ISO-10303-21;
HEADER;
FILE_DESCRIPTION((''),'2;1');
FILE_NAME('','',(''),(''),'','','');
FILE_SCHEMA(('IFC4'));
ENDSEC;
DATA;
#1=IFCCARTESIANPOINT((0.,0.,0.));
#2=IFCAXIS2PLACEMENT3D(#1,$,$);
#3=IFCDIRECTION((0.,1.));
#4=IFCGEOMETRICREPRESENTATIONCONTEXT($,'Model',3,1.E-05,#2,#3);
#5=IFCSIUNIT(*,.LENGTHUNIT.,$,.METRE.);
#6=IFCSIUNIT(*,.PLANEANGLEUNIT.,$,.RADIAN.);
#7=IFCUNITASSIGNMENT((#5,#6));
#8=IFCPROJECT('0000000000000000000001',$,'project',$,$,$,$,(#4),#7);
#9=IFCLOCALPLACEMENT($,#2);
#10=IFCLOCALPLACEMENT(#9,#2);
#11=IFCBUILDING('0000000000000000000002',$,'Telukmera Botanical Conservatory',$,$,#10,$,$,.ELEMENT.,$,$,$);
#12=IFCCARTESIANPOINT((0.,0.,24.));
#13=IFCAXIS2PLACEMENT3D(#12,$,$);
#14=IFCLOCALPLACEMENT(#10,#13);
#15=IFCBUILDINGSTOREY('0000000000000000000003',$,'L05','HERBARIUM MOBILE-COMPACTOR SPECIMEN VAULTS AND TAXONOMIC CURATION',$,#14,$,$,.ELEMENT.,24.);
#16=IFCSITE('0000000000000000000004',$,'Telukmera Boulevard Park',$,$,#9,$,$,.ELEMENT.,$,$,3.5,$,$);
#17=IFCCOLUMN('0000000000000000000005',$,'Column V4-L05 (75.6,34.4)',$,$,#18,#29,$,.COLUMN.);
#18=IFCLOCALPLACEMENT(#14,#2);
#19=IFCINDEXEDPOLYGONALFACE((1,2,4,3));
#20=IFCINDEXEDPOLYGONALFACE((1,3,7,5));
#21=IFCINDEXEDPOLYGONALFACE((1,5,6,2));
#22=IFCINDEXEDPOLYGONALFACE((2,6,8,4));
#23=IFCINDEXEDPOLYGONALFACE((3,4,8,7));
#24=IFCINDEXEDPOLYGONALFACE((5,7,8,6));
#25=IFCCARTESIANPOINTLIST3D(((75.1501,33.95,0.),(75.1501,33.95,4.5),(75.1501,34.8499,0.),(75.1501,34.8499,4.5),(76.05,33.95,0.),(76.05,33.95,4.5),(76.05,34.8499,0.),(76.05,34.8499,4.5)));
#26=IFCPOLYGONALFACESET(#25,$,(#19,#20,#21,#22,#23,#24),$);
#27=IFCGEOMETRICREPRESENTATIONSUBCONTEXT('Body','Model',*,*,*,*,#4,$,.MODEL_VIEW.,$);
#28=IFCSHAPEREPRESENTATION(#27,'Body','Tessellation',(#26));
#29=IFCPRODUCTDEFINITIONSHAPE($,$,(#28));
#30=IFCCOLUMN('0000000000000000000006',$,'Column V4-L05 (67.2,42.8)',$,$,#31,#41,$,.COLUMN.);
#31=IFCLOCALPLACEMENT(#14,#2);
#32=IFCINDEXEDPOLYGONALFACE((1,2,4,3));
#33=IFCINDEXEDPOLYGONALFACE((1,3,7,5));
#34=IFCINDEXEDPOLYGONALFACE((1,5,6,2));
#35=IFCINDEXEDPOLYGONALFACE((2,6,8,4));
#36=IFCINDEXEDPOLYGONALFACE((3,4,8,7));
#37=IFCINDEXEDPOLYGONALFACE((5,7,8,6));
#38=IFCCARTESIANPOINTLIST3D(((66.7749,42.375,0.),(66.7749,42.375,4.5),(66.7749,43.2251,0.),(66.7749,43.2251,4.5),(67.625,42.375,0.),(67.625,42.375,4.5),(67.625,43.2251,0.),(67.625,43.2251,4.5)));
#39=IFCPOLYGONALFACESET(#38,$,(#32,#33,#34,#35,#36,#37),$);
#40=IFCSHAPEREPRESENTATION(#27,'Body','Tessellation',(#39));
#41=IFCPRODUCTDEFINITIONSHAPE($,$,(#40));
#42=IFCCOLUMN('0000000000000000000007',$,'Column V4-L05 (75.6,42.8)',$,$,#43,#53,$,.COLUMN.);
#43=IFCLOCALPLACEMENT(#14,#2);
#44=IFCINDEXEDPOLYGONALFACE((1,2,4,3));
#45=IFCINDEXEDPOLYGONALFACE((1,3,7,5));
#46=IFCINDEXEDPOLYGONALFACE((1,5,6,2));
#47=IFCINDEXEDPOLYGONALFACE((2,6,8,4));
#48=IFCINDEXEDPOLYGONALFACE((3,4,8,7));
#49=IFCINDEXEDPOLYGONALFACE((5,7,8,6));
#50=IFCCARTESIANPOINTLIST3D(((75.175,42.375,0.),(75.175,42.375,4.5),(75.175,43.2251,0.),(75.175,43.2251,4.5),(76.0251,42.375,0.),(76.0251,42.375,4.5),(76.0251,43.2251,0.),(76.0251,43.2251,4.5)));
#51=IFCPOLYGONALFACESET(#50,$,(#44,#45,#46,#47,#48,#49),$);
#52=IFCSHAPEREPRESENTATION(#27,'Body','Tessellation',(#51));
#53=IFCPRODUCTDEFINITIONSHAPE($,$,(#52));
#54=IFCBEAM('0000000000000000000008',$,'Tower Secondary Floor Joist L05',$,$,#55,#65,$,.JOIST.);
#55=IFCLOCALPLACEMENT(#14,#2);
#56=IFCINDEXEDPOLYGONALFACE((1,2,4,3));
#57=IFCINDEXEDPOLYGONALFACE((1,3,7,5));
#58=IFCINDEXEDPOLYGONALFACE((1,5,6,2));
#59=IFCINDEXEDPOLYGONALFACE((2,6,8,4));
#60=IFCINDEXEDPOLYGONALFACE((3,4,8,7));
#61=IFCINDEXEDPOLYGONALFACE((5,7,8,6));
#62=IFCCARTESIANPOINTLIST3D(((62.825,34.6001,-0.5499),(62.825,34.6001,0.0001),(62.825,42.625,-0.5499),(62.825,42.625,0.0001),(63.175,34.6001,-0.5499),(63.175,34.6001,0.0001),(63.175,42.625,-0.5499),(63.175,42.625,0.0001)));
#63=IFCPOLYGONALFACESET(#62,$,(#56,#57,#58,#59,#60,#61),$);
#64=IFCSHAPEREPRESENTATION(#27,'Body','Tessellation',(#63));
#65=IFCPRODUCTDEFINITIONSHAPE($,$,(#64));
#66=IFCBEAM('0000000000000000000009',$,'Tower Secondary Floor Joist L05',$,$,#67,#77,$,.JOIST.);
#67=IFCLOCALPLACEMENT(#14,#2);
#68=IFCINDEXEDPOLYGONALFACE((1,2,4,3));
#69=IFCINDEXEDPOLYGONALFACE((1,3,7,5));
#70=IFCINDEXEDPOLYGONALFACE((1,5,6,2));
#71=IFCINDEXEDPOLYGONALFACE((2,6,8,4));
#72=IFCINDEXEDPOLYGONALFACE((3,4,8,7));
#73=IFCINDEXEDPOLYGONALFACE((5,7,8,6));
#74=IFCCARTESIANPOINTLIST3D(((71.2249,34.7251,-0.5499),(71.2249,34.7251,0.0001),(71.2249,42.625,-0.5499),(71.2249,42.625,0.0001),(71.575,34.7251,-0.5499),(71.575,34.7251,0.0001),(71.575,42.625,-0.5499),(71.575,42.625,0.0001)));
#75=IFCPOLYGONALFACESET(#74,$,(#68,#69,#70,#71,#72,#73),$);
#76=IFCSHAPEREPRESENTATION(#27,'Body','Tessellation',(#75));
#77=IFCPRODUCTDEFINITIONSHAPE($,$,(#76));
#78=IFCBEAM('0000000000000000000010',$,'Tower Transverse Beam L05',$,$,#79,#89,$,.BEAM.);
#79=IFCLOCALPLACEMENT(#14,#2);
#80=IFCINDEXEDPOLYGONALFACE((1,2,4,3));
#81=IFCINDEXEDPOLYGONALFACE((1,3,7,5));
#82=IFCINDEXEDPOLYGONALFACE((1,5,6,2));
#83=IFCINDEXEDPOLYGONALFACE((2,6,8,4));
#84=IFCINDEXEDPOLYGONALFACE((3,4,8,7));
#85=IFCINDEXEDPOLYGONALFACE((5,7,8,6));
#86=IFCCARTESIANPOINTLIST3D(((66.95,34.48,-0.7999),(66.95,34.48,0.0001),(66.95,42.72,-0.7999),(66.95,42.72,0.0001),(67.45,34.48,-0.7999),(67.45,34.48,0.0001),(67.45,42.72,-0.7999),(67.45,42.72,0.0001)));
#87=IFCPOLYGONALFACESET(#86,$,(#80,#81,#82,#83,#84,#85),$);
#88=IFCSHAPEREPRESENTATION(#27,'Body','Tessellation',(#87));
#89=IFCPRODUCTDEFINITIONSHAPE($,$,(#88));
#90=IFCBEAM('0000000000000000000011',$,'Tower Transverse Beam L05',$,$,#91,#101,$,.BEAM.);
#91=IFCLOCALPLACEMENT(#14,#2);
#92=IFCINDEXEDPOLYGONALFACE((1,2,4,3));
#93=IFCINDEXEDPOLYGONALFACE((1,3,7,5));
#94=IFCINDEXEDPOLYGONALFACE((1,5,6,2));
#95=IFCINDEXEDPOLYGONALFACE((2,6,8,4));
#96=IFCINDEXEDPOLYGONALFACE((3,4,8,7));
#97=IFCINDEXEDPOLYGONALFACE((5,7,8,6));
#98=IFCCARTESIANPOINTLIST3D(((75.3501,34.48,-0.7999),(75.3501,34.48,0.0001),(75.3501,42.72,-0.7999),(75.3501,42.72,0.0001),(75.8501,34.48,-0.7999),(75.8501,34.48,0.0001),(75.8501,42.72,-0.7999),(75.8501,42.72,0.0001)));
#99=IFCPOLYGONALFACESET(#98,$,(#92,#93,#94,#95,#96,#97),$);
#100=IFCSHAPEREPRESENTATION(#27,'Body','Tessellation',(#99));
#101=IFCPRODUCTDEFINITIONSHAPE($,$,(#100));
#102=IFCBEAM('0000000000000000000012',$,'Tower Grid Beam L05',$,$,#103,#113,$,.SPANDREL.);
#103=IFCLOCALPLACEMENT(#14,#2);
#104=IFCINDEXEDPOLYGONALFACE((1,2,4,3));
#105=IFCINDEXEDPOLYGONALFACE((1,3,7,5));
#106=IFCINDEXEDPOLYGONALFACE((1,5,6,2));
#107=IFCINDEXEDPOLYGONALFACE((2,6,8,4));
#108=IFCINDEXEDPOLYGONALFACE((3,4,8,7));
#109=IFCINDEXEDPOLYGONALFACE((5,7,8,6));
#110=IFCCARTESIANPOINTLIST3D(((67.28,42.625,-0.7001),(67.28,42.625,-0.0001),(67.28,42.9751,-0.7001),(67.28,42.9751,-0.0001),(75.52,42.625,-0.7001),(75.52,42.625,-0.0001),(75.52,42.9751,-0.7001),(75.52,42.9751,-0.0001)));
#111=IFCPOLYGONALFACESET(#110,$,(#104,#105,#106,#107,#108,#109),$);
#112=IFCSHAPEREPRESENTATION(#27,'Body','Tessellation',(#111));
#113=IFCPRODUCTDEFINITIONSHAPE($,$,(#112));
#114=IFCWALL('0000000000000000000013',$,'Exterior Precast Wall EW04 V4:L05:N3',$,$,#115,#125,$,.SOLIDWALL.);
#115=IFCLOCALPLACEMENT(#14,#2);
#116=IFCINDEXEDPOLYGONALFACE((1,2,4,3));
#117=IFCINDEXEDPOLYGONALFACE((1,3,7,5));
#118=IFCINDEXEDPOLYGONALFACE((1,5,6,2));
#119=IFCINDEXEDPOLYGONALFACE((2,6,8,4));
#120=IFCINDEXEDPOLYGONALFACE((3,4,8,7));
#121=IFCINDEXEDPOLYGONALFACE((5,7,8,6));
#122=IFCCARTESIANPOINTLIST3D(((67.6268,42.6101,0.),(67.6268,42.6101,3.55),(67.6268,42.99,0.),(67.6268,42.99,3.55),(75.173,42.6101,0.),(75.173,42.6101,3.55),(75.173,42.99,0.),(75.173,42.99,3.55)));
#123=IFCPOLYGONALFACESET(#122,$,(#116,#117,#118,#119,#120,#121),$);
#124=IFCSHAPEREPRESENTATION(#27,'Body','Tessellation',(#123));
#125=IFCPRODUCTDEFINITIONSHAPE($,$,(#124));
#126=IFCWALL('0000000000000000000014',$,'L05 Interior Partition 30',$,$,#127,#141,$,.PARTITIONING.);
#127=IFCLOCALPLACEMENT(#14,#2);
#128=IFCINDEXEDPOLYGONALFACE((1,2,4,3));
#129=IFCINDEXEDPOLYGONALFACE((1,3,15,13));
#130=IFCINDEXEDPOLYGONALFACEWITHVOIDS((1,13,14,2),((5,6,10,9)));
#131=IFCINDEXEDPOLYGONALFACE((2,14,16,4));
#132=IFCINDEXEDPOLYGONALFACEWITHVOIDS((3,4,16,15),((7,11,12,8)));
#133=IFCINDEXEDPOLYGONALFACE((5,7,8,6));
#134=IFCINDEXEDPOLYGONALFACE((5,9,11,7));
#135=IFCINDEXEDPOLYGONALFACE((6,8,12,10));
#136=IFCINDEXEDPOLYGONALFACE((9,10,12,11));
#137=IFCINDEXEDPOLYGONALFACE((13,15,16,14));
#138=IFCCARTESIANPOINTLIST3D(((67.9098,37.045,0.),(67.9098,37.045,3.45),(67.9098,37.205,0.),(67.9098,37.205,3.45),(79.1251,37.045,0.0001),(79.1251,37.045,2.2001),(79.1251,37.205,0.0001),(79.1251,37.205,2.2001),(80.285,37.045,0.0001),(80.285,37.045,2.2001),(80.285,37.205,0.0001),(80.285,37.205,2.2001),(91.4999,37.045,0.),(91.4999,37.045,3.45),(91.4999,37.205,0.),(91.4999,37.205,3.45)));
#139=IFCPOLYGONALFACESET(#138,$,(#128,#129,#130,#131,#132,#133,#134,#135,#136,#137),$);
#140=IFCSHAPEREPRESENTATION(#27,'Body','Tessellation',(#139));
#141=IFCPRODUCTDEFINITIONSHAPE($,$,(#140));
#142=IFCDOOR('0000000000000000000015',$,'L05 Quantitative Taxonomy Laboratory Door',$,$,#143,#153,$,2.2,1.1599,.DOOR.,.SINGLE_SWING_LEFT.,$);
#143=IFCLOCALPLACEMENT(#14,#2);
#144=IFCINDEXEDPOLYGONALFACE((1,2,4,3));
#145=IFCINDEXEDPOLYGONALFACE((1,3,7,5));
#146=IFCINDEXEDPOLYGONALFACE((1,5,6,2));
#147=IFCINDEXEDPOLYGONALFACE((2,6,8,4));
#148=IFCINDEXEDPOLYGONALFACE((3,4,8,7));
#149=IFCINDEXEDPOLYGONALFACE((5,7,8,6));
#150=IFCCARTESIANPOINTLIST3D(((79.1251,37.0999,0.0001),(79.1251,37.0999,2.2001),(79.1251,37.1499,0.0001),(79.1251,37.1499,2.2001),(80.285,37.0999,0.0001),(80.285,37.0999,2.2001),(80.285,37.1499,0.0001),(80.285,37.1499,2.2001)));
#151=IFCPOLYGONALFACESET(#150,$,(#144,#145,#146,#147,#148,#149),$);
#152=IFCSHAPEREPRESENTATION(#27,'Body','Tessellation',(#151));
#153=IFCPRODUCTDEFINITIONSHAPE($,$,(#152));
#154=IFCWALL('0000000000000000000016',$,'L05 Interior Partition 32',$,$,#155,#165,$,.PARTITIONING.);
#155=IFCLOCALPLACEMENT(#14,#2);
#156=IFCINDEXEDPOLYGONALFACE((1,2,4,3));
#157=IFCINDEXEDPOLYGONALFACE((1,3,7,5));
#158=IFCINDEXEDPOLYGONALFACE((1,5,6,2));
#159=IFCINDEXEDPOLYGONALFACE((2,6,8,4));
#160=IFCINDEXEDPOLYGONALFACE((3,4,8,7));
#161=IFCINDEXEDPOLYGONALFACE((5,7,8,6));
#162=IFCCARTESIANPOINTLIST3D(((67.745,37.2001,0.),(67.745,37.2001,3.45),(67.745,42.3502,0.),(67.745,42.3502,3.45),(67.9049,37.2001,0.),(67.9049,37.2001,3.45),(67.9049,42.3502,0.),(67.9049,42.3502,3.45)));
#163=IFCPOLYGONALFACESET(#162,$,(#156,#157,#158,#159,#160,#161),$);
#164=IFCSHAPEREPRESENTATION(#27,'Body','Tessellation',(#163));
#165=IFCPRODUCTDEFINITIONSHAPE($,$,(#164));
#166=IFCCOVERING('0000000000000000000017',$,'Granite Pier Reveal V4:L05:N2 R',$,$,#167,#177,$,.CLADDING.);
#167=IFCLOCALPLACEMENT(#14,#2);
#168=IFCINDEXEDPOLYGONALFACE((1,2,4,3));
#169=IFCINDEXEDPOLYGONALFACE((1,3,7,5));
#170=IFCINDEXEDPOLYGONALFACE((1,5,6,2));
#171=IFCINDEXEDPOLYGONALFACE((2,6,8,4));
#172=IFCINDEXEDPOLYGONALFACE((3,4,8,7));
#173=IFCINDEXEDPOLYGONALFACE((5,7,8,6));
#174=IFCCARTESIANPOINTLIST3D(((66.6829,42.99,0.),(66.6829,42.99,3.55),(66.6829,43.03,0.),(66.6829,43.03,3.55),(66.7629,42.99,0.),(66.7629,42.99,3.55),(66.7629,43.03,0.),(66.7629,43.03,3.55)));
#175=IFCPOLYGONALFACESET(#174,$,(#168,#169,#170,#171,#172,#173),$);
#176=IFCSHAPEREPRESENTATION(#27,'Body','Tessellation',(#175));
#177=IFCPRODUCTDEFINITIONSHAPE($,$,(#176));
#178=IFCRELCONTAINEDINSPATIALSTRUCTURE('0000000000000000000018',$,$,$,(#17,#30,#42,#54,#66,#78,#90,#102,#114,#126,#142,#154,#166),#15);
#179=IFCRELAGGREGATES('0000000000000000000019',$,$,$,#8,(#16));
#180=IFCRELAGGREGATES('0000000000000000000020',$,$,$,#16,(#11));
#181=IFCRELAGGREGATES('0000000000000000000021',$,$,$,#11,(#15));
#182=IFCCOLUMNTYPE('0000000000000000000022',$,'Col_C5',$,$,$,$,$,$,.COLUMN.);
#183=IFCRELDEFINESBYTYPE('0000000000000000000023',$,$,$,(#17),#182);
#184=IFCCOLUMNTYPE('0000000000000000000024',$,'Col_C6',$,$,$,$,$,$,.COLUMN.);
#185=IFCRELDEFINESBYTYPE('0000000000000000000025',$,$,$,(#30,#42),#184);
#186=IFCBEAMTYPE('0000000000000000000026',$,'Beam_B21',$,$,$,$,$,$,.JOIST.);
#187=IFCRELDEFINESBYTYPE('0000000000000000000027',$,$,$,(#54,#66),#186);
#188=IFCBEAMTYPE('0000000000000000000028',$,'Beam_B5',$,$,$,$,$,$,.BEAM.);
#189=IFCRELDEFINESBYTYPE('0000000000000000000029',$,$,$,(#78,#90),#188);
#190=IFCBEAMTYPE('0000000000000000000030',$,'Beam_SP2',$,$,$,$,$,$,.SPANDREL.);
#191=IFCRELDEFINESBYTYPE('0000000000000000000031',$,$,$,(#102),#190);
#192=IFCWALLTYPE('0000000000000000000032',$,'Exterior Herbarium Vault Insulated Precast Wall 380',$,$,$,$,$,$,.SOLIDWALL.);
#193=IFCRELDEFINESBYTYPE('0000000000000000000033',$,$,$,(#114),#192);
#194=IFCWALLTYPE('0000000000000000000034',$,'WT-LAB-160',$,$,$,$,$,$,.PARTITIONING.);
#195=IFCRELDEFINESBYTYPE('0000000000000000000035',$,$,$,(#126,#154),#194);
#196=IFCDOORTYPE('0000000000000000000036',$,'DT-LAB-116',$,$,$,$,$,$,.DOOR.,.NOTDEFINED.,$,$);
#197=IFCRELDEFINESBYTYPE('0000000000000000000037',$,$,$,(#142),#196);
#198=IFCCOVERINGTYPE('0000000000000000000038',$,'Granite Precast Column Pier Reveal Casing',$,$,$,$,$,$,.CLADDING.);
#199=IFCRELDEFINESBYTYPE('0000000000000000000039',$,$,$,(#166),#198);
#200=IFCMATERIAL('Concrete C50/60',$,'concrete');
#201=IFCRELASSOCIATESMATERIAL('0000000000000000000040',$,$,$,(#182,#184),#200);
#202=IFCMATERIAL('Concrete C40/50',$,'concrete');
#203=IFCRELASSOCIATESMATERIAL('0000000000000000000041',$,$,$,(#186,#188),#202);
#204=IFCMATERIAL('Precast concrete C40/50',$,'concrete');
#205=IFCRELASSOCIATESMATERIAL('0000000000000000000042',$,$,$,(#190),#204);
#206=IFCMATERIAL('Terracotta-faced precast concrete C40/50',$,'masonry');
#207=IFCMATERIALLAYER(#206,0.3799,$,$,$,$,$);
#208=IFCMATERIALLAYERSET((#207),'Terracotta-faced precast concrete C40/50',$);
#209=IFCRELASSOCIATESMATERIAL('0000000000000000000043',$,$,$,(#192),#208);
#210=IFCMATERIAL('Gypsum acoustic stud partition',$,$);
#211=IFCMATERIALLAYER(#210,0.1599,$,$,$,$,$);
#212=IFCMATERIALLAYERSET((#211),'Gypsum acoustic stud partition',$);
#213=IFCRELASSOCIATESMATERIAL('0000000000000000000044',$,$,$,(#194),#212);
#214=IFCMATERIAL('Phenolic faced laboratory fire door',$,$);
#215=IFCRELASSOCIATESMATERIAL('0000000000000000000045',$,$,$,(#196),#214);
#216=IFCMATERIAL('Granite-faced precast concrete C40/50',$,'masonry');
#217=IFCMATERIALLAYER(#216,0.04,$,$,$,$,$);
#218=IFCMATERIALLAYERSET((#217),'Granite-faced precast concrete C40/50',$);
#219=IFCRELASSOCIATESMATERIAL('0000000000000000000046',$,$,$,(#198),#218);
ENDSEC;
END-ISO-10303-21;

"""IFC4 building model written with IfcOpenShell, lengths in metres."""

from ifc_helpers import new_model, si_unit, direction, frame, frame_2d, origin, origin_2d, place, context, subcontext, project, spatial, rectangle, extrude, material, layer, layer_set, material_profile, profile_set, type_object, element, fill, save


model = new_model("IFC4")

# Units and contexts
model_context = context("Model", 3, precision=1e-05, world=origin(), true_north=direction((0.0, 1.0)))
body_context = subcontext(model_context, "Body", "Model", "MODEL_VIEW")
ifc_project = project(units=[si_unit("LENGTHUNIT", "METRE"), si_unit("PLANEANGLEUNIT", "RADIAN")], contexts=[model_context])

# Site, building, storey
site_placement = place(None, origin())
site = spatial("IfcSite", under=ifc_project, at=site_placement, Name="Telukmera Boulevard Park", CompositionType="ELEMENT", RefElevation=3.5)
building_placement = place(site_placement, origin())
building = spatial("IfcBuilding", under=site, at=building_placement, Name="Telukmera Botanical Conservatory", CompositionType="ELEMENT")
storey_placement = place(building_placement, frame((0.0, 0.0, 24.0)))
storey = spatial("IfcBuildingStorey", under=building, at=storey_placement, Name="L05", Description="HERBARIUM MOBILE-COMPACTOR SPECIMEN VAULTS AND TAXONOMIC CURATION", CompositionType="ELEMENT", Elevation=24.0)

# Columns
ifc_material_1 = material(Name="Concrete C50/60", Category="concrete")
ifc_material_profile_1 = material_profile(ifc_material_1, rectangle(XDim=0.8999, YDim=0.8999, at=origin_2d()), Name="RC 900x900")
ifc_profile_set_1 = profile_set([ifc_material_profile_1], Name="Concrete C50/60")
column_type_1 = type_object("IfcColumnType", Name="Col_C5", PredefinedType="COLUMN", material=ifc_profile_set_1)
column_placement = place(storey_placement, frame((75.6001, 34.3999, 0.0), z_axis=(0.0, 0.0, 1.0), x_axis=(1.0, 0.0, 0.0)))
element("IfcColumn", 1, at=column_placement, inside=storey, type_object=column_type_1, Name="Column V4-L05 (75.6,34.4)", PredefinedType="COLUMN", context=body_context, shape_type="SweptSolid", body=[
    extrude(rectangle(XDim=0.8999, YDim=0.8999, at=origin_2d()), origin(), (0.0, 0.0, 1.0), 4.5),
])
ifc_material_profile_2 = material_profile(ifc_material_1, rectangle(XDim=0.8501, YDim=0.8501, at=origin_2d()), Name="RC 850x850")
ifc_profile_set_2 = profile_set([ifc_material_profile_2], Name="Concrete C50/60")
column_type_2 = type_object("IfcColumnType", Name="Col_C6", PredefinedType="COLUMN", material=ifc_profile_set_2)
for number, where, z_axis, x_axis, name in (
    (2, (67.2, 42.8, 0.0), (0.0, 0.0, 1.0), (1.0, 0.0, 0.0), "Column V4-L05 (67.2,42.8)"),
    (3, (75.6001, 42.8, 0.0), (0.0, 0.0, 1.0), (1.0, 0.0, 0.0), "Column V4-L05 (75.6,42.8)"),
):
    element("IfcColumn", number, at=place(storey_placement, frame(where, z_axis=z_axis, x_axis=x_axis)), inside=storey, type_object=column_type_2, Name=name, PredefinedType="COLUMN", context=body_context, shape_type="SweptSolid", body=[
        extrude(rectangle(XDim=0.8501, YDim=0.8501, at=origin_2d()), origin(), (0.0, 0.0, 1.0), 4.5),
    ])

# Beams
ifc_material_2 = material(Name="Concrete C40/50", Category="concrete")
ifc_material_profile_3 = material_profile(ifc_material_2, rectangle(XDim=0.3501, YDim=0.55, at=origin_2d()), Name="RC 350x550")
ifc_profile_set_3 = profile_set([ifc_material_profile_3], Name="Concrete C40/50")
beam_type_1 = type_object("IfcBeamType", Name="Beam_B21", PredefinedType="JOIST", material=ifc_profile_set_3)
beam_1_placement = place(storey_placement, frame((63.0, 34.6001, -0.2749), z_axis=(0.0, 1.0, 0.0), x_axis=(-1.0, 0.0, 0.0)))
element("IfcBeam", 4, at=beam_1_placement, inside=storey, type_object=beam_type_1, Name="Tower Secondary Floor Joist L05", PredefinedType="JOIST", context=body_context, shape_type="SweptSolid", body=[
    extrude(rectangle(XDim=0.3501, YDim=0.55, at=origin_2d()), origin(), (0.0, 0.0, 1.0), 8.0249),
])
beam_2_placement = place(storey_placement, frame((71.3999, 34.7251, -0.2749), z_axis=(0.0, 1.0, 0.0), x_axis=(-1.0, 0.0, 0.0)))
element("IfcBeam", 5, at=beam_2_placement, inside=storey, type_object=beam_type_1, Name="Tower Secondary Floor Joist L05", PredefinedType="JOIST", context=body_context, shape_type="SweptSolid", body=[
    extrude(rectangle(XDim=0.3501, YDim=0.55, at=origin_2d()), origin(), (0.0, 0.0, 1.0), 7.8999),
])
ifc_material_profile_4 = material_profile(ifc_material_2, rectangle(XDim=0.5, YDim=0.8, at=origin_2d()), Name="RC 500x800")
ifc_profile_set_4 = profile_set([ifc_material_profile_4], Name="Concrete C40/50")
beam_type_2 = type_object("IfcBeamType", Name="Beam_B5", PredefinedType="BEAM", material=ifc_profile_set_4)
for number, where, z_axis, x_axis, name in (
    (6, (67.2, 34.48, -0.3999), (0.0, 1.0, 0.0), (-1.0, 0.0, 0.0), "Tower Transverse Beam L05"),
    (7, (75.6001, 34.48, -0.3999), (0.0, 1.0, 0.0), (-1.0, 0.0, 0.0), "Tower Transverse Beam L05"),
):
    element("IfcBeam", number, at=place(storey_placement, frame(where, z_axis=z_axis, x_axis=x_axis)), inside=storey, type_object=beam_type_2, Name=name, PredefinedType="BEAM", context=body_context, shape_type="SweptSolid", body=[
        extrude(rectangle(XDim=0.5, YDim=0.8, at=origin_2d()), origin(), (0.0, 0.0, 1.0), 8.24),
    ])
ifc_material_3 = material(Name="Precast concrete C40/50", Category="concrete")
ifc_material_profile_5 = material_profile(ifc_material_3, rectangle(XDim=0.3501, YDim=0.7, at=origin_2d()), Name="PC 350x700")
ifc_profile_set_5 = profile_set([ifc_material_profile_5], Name="Precast concrete C40/50")
beam_type_3 = type_object("IfcBeamType", Name="Beam_SP2", PredefinedType="SPANDREL", material=ifc_profile_set_5)
beam_3_placement = place(storey_placement, frame((67.28, 42.8, -0.3501), z_axis=(1.0, 0.0, 0.0), x_axis=(0.0, 1.0, 0.0)))
element("IfcBeam", 8, at=beam_3_placement, inside=storey, type_object=beam_type_3, Name="Tower Grid Beam L05", PredefinedType="SPANDREL", context=body_context, shape_type="SweptSolid", body=[
    extrude(rectangle(XDim=0.3501, YDim=0.7, at=origin_2d()), origin(), (0.0, 0.0, 1.0), 8.24),
])

# Wall
ifc_material_4 = material(Name="Terracotta-faced precast concrete C40/50", Category="masonry")
ifc_layer_1 = layer(ifc_material_4, 0.3799)
ifc_layer_set_1 = layer_set([ifc_layer_1], Name="Terracotta-faced precast concrete C40/50")
wall_type_1 = type_object("IfcWallType", Name="Exterior Herbarium Vault Insulated Precast Wall 380", PredefinedType="SOLIDWALL", material=ifc_layer_set_1)
wall_1_placement = place(storey_placement, frame((67.627, 42.8, 0.0), z_axis=(0.0, 0.0, 1.0), x_axis=(1.0, 0.0, 0.0)))
element("IfcWall", 9, at=wall_1_placement, inside=storey, type_object=wall_type_1, Name="Exterior Precast Wall EW04 V4:L05:N3", PredefinedType="SOLIDWALL", context=body_context, shape_type="SweptSolid", body=[
    extrude(rectangle(XDim=7.5461, YDim=0.3799, at=frame_2d((3.7729, 0.0))), origin(), (0.0, 0.0, 1.0), 3.55),
])

# Wall, opening, door
ifc_material_5 = material(Name="Gypsum acoustic stud partition")
ifc_layer_2 = layer(ifc_material_5, 0.1599)
ifc_layer_set_2 = layer_set([ifc_layer_2], Name="Gypsum acoustic stud partition")
wall_type_2 = type_object("IfcWallType", Name="WT-LAB-160", PredefinedType="PARTITIONING", material=ifc_layer_set_2)
wall_2_placement = place(storey_placement, frame((67.9099, 37.125, 0.0), z_axis=(0.0, 0.0, 1.0), x_axis=(1.0, 0.0, 0.0)))
wall_2 = element("IfcWall", 10, at=wall_2_placement, inside=storey, type_object=wall_type_2, Name="L05 Interior Partition 30", PredefinedType="PARTITIONING", context=body_context, shape_type="SweptSolid", body=[
    extrude(rectangle(XDim=23.5901, YDim=0.1599, at=frame_2d((11.7949, 0.0))), origin(), (0.0, 0.0, 1.0), 3.45),
])
opening_placement = place(wall_2_placement, frame((11.2151, 0.0, 0.0)))
opening = element("IfcOpeningElement", 11, at=opening_placement, cuts=wall_2, PredefinedType="OPENING", context=body_context, shape_type="SweptSolid", body=[
    extrude(rectangle(XDim=1.1599, YDim=2.2, at=frame_2d((0.5801, 1.1001))), frame((0.0, 0.0898, 0.0), z_axis=(0.0, -1.0, 0.0), x_axis=(1.0, 0.0, 0.0)), (0.0, 0.0, 1.0), 0.1799),
])
ifc_material_6 = material(Name="Phenolic faced laboratory fire door")
door_type = type_object("IfcDoorType", Name="DT-LAB-116", OperationType="NOTDEFINED", PredefinedType="DOOR", material=ifc_material_6)
door_placement = place(opening_placement, origin())
door = element("IfcDoor", 12, at=door_placement, inside=storey, type_object=door_type, Name="L05 Quantitative Taxonomy Laboratory Door", OperationType="SINGLE_SWING_LEFT", OverallHeight=2.2, OverallWidth=1.1599, PredefinedType="DOOR", context=body_context, shape_type="SweptSolid", body=[
    extrude(rectangle(XDim=1.1599, YDim=2.2, at=frame_2d((0.5801, 1.1001))), frame((0.0, 0.0249, 0.0), z_axis=(0.0, -1.0, 0.0), x_axis=(1.0, 0.0, 0.0)), (0.0, 0.0, 1.0), 0.05),
])
fill(opening, door)

# Wall
wall_3_placement = place(storey_placement, frame((67.825, 37.2, 0.0), z_axis=(0.0, 0.0, 1.0), x_axis=(0.0, 1.0, 0.0)))
element("IfcWall", 13, at=wall_3_placement, inside=storey, type_object=wall_type_2, Name="L05 Interior Partition 32", PredefinedType="PARTITIONING", context=body_context, shape_type="SweptSolid", body=[
    extrude(rectangle(XDim=5.1501, YDim=0.1599, at=frame_2d((2.5752, 0.0))), origin(), (0.0, 0.0, 1.0), 3.45),
])

# Covering
ifc_material_7 = material(Name="Granite-faced precast concrete C40/50", Category="masonry")
ifc_layer_3 = layer(ifc_material_7, 0.04)
ifc_layer_set_3 = layer_set([ifc_layer_3], Name="Granite-faced precast concrete C40/50")
covering_type_1 = type_object("IfcCoveringType", Name="Granite Precast Column Pier Reveal Casing", PredefinedType="CLADDING", material=ifc_layer_set_3)
for number, where, z_axis, x_axis, name in (
    (14, (66.7229, 43.01, 0.0), (0.0, 0.0, 1.0), (1.0, 0.0, 0.0), "Granite Pier Reveal V4:L05:N2 R"),
):
    element("IfcCovering", number, at=place(storey_placement, frame(where, z_axis=z_axis, x_axis=x_axis)), inside=storey, type_object=covering_type_1, Name=name, PredefinedType="CLADDING", context=body_context, shape_type="SweptSolid", body=[
        extrude(rectangle(XDim=0.0801, YDim=0.04, at=origin_2d()), origin(), (0.0, 0.0, 1.0), 3.55),
    ])

save(model, "model.ifc")
